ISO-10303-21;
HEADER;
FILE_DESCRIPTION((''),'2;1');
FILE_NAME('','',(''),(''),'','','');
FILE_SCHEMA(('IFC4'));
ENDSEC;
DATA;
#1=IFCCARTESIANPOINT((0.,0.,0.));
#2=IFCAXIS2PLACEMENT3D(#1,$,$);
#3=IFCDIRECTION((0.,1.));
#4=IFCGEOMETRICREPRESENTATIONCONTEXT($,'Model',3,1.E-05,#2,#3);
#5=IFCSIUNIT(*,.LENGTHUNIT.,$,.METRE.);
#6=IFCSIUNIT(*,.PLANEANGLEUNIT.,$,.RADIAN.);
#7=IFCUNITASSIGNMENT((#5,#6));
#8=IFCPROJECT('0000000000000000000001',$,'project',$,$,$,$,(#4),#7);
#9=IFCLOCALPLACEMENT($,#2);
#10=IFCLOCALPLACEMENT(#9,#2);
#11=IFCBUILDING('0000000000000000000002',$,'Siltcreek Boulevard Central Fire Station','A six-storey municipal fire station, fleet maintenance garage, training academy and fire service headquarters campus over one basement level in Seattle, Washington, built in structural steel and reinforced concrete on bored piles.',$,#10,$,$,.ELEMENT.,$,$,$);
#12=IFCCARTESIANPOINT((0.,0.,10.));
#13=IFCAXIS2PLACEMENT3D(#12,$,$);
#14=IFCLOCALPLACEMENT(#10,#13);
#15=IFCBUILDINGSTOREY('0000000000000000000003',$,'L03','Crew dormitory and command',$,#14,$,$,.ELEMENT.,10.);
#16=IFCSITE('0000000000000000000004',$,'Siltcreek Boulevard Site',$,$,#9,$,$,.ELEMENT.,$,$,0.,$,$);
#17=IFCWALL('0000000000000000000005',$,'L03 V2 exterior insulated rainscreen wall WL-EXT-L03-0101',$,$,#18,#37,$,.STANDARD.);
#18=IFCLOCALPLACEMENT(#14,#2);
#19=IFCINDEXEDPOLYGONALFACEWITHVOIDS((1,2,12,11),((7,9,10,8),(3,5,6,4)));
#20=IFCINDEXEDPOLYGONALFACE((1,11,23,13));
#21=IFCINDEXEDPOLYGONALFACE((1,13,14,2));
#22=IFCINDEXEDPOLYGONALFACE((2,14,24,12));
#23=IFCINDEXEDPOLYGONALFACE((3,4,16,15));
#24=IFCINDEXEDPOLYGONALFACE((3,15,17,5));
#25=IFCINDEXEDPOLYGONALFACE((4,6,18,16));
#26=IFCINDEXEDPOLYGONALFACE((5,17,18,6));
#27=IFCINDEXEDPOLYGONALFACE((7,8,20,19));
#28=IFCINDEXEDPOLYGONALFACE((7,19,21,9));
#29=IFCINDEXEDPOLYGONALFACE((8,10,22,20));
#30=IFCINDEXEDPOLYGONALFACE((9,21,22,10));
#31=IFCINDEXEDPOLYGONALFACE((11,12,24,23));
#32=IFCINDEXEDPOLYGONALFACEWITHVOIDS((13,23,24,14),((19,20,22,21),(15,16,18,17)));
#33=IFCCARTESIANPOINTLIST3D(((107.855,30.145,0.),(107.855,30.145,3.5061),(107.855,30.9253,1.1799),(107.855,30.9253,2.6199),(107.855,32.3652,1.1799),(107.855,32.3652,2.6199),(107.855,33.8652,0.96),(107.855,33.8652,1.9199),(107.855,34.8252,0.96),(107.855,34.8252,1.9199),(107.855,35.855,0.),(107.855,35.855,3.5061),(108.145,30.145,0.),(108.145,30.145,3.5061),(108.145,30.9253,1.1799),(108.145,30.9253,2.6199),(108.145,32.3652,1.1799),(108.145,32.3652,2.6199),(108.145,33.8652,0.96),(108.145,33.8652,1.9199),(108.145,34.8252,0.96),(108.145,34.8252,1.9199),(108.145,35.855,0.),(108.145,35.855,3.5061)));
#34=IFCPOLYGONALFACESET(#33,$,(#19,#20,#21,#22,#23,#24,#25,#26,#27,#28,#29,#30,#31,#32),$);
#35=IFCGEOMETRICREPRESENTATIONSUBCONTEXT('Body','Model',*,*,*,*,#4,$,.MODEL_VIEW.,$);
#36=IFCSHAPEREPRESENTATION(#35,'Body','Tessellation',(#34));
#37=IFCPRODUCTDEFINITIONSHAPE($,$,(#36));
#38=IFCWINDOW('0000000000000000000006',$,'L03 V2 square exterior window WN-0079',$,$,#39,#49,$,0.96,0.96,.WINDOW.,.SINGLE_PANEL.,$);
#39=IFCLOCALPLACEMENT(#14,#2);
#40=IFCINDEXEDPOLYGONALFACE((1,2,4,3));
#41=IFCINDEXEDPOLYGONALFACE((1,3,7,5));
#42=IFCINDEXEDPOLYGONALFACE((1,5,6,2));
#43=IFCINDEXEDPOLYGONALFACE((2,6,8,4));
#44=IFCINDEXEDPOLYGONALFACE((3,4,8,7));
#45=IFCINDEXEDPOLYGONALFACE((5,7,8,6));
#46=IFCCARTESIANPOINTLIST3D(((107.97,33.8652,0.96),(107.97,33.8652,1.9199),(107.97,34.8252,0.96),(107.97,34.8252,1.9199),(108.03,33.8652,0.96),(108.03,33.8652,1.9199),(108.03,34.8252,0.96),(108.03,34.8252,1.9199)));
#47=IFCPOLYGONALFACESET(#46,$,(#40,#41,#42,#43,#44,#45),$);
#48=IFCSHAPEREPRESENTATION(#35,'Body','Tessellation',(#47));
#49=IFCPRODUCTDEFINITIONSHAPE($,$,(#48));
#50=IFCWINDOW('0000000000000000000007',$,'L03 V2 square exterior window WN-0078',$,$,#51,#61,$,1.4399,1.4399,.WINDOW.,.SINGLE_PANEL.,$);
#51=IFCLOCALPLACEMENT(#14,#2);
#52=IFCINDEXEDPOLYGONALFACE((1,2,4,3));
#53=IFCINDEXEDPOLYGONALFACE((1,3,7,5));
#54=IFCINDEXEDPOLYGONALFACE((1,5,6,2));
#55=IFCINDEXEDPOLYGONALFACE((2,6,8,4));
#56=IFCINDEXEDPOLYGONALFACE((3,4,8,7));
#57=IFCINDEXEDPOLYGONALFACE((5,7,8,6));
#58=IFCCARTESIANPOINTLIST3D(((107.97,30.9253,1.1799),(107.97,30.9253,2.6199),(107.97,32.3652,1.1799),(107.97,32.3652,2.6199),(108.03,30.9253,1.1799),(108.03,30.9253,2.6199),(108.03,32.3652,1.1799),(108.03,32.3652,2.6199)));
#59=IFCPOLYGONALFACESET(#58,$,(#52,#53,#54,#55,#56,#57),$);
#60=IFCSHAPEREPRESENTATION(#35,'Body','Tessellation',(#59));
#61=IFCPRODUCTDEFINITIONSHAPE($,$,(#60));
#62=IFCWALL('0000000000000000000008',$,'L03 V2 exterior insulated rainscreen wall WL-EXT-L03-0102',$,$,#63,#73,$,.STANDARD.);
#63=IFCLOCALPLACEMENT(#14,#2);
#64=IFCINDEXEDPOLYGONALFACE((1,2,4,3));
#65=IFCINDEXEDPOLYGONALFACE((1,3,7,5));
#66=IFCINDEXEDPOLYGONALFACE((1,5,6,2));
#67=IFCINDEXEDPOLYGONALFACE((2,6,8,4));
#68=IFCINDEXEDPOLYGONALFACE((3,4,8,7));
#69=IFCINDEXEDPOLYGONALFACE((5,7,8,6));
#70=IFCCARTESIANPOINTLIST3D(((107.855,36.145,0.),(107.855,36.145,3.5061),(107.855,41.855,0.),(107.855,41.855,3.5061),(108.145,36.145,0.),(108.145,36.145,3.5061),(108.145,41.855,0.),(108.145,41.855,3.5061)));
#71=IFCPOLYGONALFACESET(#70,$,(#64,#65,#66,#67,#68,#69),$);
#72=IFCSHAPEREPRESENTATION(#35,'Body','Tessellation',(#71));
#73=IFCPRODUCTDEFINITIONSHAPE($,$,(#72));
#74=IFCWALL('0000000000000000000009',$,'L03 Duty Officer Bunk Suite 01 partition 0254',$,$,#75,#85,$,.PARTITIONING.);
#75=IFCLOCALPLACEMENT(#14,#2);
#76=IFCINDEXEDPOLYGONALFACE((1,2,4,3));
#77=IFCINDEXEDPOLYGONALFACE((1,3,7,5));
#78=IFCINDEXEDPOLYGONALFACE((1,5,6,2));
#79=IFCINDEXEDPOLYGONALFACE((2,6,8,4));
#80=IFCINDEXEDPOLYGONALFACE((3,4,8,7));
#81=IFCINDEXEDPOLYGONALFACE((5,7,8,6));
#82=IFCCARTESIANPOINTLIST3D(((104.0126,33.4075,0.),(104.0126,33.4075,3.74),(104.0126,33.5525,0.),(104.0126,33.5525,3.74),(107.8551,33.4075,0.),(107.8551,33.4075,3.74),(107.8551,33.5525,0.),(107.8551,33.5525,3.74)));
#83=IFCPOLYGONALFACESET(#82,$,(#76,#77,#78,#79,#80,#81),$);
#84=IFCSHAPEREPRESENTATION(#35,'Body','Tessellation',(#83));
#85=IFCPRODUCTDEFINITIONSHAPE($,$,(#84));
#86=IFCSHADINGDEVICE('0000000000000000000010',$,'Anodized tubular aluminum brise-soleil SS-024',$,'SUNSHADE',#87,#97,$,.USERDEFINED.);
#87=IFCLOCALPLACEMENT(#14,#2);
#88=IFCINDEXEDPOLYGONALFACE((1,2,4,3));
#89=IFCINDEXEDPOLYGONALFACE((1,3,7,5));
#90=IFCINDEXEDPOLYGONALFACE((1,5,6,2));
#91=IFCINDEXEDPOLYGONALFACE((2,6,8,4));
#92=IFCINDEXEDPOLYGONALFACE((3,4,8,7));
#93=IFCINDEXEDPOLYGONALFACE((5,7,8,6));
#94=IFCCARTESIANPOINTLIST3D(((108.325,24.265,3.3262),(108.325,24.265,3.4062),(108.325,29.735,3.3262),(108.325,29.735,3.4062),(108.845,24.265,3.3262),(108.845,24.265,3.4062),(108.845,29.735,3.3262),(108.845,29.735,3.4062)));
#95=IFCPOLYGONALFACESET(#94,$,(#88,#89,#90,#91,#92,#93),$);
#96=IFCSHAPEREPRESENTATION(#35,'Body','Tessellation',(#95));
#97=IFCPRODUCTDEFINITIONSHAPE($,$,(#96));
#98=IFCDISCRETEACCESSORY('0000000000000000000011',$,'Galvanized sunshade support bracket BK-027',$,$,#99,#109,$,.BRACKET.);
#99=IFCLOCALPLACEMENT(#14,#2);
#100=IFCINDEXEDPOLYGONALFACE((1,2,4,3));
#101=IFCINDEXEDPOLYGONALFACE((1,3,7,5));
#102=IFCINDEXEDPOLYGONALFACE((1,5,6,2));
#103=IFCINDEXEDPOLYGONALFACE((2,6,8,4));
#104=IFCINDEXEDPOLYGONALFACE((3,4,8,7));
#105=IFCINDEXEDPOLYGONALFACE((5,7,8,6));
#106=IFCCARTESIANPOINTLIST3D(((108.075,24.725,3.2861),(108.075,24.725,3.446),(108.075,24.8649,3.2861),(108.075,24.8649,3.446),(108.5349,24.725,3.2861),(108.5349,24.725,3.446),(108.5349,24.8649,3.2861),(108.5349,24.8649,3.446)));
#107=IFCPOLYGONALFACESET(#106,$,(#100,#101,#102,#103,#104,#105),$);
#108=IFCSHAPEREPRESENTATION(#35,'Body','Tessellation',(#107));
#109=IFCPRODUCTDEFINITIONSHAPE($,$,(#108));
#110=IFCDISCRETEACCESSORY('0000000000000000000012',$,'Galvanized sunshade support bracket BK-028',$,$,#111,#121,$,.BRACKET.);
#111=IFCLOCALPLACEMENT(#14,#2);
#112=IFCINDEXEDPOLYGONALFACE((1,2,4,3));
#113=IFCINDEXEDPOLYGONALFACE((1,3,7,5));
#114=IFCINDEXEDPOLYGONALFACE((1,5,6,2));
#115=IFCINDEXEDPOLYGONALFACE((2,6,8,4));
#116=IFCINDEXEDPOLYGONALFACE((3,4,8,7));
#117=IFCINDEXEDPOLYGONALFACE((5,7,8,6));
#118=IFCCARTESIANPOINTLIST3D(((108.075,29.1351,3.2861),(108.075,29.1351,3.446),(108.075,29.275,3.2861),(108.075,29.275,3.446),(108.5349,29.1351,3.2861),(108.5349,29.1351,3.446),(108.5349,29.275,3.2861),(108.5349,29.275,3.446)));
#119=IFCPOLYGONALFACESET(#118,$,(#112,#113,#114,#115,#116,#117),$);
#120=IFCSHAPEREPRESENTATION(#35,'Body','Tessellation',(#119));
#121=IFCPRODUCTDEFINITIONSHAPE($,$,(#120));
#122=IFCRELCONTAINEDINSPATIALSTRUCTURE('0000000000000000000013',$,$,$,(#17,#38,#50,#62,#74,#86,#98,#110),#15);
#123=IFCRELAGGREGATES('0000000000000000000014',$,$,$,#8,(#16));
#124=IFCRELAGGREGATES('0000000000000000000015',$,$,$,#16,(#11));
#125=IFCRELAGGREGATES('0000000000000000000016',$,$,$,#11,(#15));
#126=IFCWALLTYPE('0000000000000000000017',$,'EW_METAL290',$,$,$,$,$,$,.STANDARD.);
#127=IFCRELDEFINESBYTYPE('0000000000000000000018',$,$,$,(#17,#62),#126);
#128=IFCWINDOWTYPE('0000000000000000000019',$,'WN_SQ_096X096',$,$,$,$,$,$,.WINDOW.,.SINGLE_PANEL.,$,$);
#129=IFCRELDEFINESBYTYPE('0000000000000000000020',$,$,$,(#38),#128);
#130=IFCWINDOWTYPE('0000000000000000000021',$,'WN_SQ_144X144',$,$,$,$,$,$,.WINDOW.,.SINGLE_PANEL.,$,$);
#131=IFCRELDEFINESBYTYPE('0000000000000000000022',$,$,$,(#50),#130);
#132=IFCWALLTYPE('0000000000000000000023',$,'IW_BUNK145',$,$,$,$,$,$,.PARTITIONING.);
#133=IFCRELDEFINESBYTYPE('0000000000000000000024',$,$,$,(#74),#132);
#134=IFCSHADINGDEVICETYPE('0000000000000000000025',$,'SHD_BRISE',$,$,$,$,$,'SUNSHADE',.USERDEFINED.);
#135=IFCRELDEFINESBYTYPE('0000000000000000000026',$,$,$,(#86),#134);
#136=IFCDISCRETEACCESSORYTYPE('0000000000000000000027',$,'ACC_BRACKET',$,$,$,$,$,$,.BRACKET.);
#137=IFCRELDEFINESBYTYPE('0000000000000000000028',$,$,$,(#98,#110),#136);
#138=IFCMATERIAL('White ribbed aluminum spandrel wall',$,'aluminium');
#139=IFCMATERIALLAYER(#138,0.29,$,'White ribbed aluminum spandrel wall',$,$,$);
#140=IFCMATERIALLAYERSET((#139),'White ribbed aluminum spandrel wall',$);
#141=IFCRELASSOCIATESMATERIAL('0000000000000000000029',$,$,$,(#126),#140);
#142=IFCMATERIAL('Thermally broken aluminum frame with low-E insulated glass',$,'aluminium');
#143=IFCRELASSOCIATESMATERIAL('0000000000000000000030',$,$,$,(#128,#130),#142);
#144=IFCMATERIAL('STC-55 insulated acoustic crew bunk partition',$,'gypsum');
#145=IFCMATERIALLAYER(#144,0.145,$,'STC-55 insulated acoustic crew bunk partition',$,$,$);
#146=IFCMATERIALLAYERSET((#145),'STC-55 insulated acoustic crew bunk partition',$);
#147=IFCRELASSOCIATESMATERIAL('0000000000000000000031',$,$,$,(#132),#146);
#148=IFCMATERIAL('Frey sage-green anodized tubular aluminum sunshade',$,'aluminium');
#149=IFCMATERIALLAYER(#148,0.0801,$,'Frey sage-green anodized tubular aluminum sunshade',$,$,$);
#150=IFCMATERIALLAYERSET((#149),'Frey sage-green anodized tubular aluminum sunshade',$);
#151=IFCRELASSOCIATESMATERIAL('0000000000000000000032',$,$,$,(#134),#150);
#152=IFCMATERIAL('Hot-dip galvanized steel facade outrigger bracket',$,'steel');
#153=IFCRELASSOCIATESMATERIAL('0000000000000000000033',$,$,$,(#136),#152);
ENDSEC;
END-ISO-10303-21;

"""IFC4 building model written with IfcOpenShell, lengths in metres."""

from ifc_helpers import new_model, si_unit, direction, frame, frame_2d, origin, origin_2d, place, context, subcontext, project, spatial, rectangle, extrude, material, layer, layer_set, type_object, element, fill, save


model = new_model("IFC4")

# Units and contexts
model_context = context("Model", 3, precision=1e-05, world=origin(), true_north=direction((0.0, 1.0)))
body_context = subcontext(model_context, "Body", "Model", "MODEL_VIEW")
ifc_project = project(units=[si_unit("LENGTHUNIT", "METRE"), si_unit("PLANEANGLEUNIT", "RADIAN")], contexts=[model_context])

# Site, building, storey
site_placement = place(None, origin())
site = spatial("IfcSite", under=ifc_project, at=site_placement, Name="Siltcreek Boulevard Site", CompositionType="ELEMENT", RefElevation=0.0)
building_placement = place(site_placement, origin())
building = spatial("IfcBuilding", under=site, at=building_placement, Name="Siltcreek Boulevard Central Fire Station", Description="A six-storey municipal fire station, fleet maintenance garage, training academy and fire service headquarters campus over one basement level in Seattle, Washington, built in structural steel and reinforced concrete on bored piles.", CompositionType="ELEMENT")
storey_placement = place(building_placement, frame((0.0, 0.0, 10.0)))
storey = spatial("IfcBuildingStorey", under=building, at=storey_placement, Name="L03", Description="Crew dormitory and command", CompositionType="ELEMENT", Elevation=10.0)

# Shared definitions
ifc_material_1 = material(Name="White ribbed aluminum spandrel wall", Category="aluminium")
ifc_layer_1 = layer(ifc_material_1, 0.29, Name="White ribbed aluminum spandrel wall")
ifc_layer_set_1 = layer_set([ifc_layer_1], Name="White ribbed aluminum spandrel wall")
wall_type_1 = type_object("IfcWallType", Name="EW_METAL290", PredefinedType="STANDARD", material=ifc_layer_set_1)
ifc_material_2 = material(Name="Thermally broken aluminum frame with low-E insulated glass", Category="aluminium")

# Wall, openings, windows
wall_1_placement = place(storey_placement, frame((108.0, 30.145, 0.0), z_axis=(0.0, 0.0, 1.0), x_axis=(0.0, 1.0, 0.0)))
wall_1 = element("IfcWall", 1, at=wall_1_placement, inside=storey, type_object=wall_type_1, Name="L03 V2 exterior insulated rainscreen wall WL-EXT-L03-0101", PredefinedType="STANDARD", context=body_context, shape_type="SweptSolid", body=[
    extrude(rectangle(XDim=5.71, YDim=0.29, at=frame_2d((2.855, 0.0))), origin(), (0.0, 0.0, 1.0), 3.5061),
])
opening_1_placement = place(wall_1_placement, frame((0.7803, 0.0, 1.1799)))
opening_1 = element("IfcOpeningElement", 2, at=opening_1_placement, cuts=wall_1, PredefinedType="OPENING", context=body_context, shape_type="SweptSolid", body=[
    extrude(rectangle(XDim=1.4399, YDim=1.4399, at=frame_2d((0.72, 0.72))), frame((0.0, 0.155, 0.0), z_axis=(0.0, -1.0, 0.0), x_axis=(1.0, 0.0, 0.0)), (0.0, 0.0, 1.0), 0.3101),
])
opening_2_placement = place(wall_1_placement, frame((3.7202, 0.0, 0.96)))
opening_2 = element("IfcOpeningElement", 3, at=opening_2_placement, cuts=wall_1, PredefinedType="OPENING", context=body_context, shape_type="SweptSolid", body=[
    extrude(rectangle(XDim=0.96, YDim=0.96, at=frame_2d((0.48, 0.48))), frame((0.0, 0.155, 0.0), z_axis=(0.0, -1.0, 0.0), x_axis=(1.0, 0.0, 0.0)), (0.0, 0.0, 1.0), 0.3101),
])
window_type_1 = type_object("IfcWindowType", Name="WN_SQ_096X096", PartitioningType="SINGLE_PANEL", PredefinedType="WINDOW", material=ifc_material_2)
window_1_placement = place(opening_2_placement, origin())
window_1 = element("IfcWindow", 4, at=window_1_placement, inside=storey, type_object=window_type_1, Name="L03 V2 square exterior window WN-0079", OverallHeight=0.96, OverallWidth=0.96, PartitioningType="SINGLE_PANEL", PredefinedType="WINDOW", context=body_context, shape_type="SweptSolid", body=[
    extrude(rectangle(XDim=0.96, YDim=0.96, at=frame_2d((0.48, 0.48))), frame((0.0, 0.03, 0.0), z_axis=(0.0, -1.0, 0.0), x_axis=(1.0, 0.0, 0.0)), (0.0, 0.0, 1.0), 0.0601),
])
fill(opening_2, window_1)
window_type_2 = type_object("IfcWindowType", Name="WN_SQ_144X144", PartitioningType="SINGLE_PANEL", PredefinedType="WINDOW", material=ifc_material_2)
window_2_placement = place(opening_1_placement, origin())
window_2 = element("IfcWindow", 5, at=window_2_placement, inside=storey, type_object=window_type_2, Name="L03 V2 square exterior window WN-0078", OverallHeight=1.4399, OverallWidth=1.4399, PartitioningType="SINGLE_PANEL", PredefinedType="WINDOW", context=body_context, shape_type="SweptSolid", body=[
    extrude(rectangle(XDim=1.4399, YDim=1.4399, at=frame_2d((0.72, 0.72))), frame((0.0, 0.03, 0.0), z_axis=(0.0, -1.0, 0.0), x_axis=(1.0, 0.0, 0.0)), (0.0, 0.0, 1.0), 0.0601),
])
fill(opening_1, window_2)

# Walls
wall_2_placement = place(storey_placement, frame((108.0, 36.145, 0.0), z_axis=(0.0, 0.0, 1.0), x_axis=(0.0, 1.0, 0.0)))
element("IfcWall", 6, at=wall_2_placement, inside=storey, type_object=wall_type_1, Name="L03 V2 exterior insulated rainscreen wall WL-EXT-L03-0102", PredefinedType="STANDARD", context=body_context, shape_type="SweptSolid", body=[
    extrude(rectangle(XDim=5.71, YDim=0.29, at=frame_2d((2.855, 0.0))), origin(), (0.0, 0.0, 1.0), 3.5061),
])
ifc_material_3 = material(Name="STC-55 insulated acoustic crew bunk partition", Category="gypsum")
ifc_layer_2 = layer(ifc_material_3, 0.145, Name="STC-55 insulated acoustic crew bunk partition")
ifc_layer_set_2 = layer_set([ifc_layer_2], Name="STC-55 insulated acoustic crew bunk partition")
wall_type_2 = type_object("IfcWallType", Name="IW_BUNK145", PredefinedType="PARTITIONING", material=ifc_layer_set_2)
wall_3_placement = place(storey_placement, frame((104.0125, 33.48, 0.0), z_axis=(0.0, 0.0, 1.0), x_axis=(1.0, 0.0, 0.0)))
element("IfcWall", 7, at=wall_3_placement, inside=storey, type_object=wall_type_2, Name="L03 Duty Officer Bunk Suite 01 partition 0254", PredefinedType="PARTITIONING", context=body_context, shape_type="SweptSolid", body=[
    extrude(rectangle(XDim=3.8425, YDim=0.145, at=frame_2d((1.9214, 0.0))), origin(), (0.0, 0.0, 1.0), 3.74),
])

# Shading device
ifc_material_4 = material(Name="Frey sage-green anodized tubular aluminum sunshade", Category="aluminium")
ifc_layer_3 = layer(ifc_material_4, 0.0801, Name="Frey sage-green anodized tubular aluminum sunshade")
ifc_layer_set_3 = layer_set([ifc_layer_3], Name="Frey sage-green anodized tubular aluminum sunshade")
shading_device_type = type_object("IfcShadingDeviceType", Name="SHD_BRISE", ElementType="SUNSHADE", PredefinedType="USERDEFINED", material=ifc_layer_set_3)
shading_device_placement = place(storey_placement, frame((108.585, 27.0, 3.3262), z_axis=(0.0, 0.0, 1.0), x_axis=(0.0, 1.0, 0.0)))
element("IfcShadingDevice", 8, at=shading_device_placement, inside=storey, type_object=shading_device_type, Name="Anodized tubular aluminum brise-soleil SS-024", ObjectType="SUNSHADE", PredefinedType="USERDEFINED", context=body_context, shape_type="SweptSolid", body=[
    extrude(rectangle(XDim=5.47, YDim=0.52, at=origin_2d()), origin(), (0.0, 0.0, 1.0), 0.0801),
])

# Discrete accessories
ifc_material_5 = material(Name="Hot-dip galvanized steel facade outrigger bracket", Category="steel")
discrete_accessory_type = type_object("IfcDiscreteAccessoryType", Name="ACC_BRACKET", PredefinedType="BRACKET", material=ifc_material_5)
for number, where, z_axis, x_axis, name in (
    (9, (108.3049, 24.7949, 3.2861), (0.0, 0.0, 1.0), (0.0, 1.0, 0.0), "Galvanized sunshade support bracket BK-027"),
    (10, (108.3049, 29.2051, 3.2861), (0.0, 0.0, 1.0), (0.0, 1.0, 0.0), "Galvanized sunshade support bracket BK-028"),
):
    element("IfcDiscreteAccessory", number, at=place(storey_placement, frame(where, z_axis=z_axis, x_axis=x_axis)), inside=storey, type_object=discrete_accessory_type, Name=name, PredefinedType="BRACKET", context=body_context, shape_type="SweptSolid", body=[
        extrude(rectangle(XDim=0.1399, YDim=0.46, at=origin_2d()), origin(), (0.0, 0.0, 1.0), 0.1599),
    ])

save(model, "model.ifc")
